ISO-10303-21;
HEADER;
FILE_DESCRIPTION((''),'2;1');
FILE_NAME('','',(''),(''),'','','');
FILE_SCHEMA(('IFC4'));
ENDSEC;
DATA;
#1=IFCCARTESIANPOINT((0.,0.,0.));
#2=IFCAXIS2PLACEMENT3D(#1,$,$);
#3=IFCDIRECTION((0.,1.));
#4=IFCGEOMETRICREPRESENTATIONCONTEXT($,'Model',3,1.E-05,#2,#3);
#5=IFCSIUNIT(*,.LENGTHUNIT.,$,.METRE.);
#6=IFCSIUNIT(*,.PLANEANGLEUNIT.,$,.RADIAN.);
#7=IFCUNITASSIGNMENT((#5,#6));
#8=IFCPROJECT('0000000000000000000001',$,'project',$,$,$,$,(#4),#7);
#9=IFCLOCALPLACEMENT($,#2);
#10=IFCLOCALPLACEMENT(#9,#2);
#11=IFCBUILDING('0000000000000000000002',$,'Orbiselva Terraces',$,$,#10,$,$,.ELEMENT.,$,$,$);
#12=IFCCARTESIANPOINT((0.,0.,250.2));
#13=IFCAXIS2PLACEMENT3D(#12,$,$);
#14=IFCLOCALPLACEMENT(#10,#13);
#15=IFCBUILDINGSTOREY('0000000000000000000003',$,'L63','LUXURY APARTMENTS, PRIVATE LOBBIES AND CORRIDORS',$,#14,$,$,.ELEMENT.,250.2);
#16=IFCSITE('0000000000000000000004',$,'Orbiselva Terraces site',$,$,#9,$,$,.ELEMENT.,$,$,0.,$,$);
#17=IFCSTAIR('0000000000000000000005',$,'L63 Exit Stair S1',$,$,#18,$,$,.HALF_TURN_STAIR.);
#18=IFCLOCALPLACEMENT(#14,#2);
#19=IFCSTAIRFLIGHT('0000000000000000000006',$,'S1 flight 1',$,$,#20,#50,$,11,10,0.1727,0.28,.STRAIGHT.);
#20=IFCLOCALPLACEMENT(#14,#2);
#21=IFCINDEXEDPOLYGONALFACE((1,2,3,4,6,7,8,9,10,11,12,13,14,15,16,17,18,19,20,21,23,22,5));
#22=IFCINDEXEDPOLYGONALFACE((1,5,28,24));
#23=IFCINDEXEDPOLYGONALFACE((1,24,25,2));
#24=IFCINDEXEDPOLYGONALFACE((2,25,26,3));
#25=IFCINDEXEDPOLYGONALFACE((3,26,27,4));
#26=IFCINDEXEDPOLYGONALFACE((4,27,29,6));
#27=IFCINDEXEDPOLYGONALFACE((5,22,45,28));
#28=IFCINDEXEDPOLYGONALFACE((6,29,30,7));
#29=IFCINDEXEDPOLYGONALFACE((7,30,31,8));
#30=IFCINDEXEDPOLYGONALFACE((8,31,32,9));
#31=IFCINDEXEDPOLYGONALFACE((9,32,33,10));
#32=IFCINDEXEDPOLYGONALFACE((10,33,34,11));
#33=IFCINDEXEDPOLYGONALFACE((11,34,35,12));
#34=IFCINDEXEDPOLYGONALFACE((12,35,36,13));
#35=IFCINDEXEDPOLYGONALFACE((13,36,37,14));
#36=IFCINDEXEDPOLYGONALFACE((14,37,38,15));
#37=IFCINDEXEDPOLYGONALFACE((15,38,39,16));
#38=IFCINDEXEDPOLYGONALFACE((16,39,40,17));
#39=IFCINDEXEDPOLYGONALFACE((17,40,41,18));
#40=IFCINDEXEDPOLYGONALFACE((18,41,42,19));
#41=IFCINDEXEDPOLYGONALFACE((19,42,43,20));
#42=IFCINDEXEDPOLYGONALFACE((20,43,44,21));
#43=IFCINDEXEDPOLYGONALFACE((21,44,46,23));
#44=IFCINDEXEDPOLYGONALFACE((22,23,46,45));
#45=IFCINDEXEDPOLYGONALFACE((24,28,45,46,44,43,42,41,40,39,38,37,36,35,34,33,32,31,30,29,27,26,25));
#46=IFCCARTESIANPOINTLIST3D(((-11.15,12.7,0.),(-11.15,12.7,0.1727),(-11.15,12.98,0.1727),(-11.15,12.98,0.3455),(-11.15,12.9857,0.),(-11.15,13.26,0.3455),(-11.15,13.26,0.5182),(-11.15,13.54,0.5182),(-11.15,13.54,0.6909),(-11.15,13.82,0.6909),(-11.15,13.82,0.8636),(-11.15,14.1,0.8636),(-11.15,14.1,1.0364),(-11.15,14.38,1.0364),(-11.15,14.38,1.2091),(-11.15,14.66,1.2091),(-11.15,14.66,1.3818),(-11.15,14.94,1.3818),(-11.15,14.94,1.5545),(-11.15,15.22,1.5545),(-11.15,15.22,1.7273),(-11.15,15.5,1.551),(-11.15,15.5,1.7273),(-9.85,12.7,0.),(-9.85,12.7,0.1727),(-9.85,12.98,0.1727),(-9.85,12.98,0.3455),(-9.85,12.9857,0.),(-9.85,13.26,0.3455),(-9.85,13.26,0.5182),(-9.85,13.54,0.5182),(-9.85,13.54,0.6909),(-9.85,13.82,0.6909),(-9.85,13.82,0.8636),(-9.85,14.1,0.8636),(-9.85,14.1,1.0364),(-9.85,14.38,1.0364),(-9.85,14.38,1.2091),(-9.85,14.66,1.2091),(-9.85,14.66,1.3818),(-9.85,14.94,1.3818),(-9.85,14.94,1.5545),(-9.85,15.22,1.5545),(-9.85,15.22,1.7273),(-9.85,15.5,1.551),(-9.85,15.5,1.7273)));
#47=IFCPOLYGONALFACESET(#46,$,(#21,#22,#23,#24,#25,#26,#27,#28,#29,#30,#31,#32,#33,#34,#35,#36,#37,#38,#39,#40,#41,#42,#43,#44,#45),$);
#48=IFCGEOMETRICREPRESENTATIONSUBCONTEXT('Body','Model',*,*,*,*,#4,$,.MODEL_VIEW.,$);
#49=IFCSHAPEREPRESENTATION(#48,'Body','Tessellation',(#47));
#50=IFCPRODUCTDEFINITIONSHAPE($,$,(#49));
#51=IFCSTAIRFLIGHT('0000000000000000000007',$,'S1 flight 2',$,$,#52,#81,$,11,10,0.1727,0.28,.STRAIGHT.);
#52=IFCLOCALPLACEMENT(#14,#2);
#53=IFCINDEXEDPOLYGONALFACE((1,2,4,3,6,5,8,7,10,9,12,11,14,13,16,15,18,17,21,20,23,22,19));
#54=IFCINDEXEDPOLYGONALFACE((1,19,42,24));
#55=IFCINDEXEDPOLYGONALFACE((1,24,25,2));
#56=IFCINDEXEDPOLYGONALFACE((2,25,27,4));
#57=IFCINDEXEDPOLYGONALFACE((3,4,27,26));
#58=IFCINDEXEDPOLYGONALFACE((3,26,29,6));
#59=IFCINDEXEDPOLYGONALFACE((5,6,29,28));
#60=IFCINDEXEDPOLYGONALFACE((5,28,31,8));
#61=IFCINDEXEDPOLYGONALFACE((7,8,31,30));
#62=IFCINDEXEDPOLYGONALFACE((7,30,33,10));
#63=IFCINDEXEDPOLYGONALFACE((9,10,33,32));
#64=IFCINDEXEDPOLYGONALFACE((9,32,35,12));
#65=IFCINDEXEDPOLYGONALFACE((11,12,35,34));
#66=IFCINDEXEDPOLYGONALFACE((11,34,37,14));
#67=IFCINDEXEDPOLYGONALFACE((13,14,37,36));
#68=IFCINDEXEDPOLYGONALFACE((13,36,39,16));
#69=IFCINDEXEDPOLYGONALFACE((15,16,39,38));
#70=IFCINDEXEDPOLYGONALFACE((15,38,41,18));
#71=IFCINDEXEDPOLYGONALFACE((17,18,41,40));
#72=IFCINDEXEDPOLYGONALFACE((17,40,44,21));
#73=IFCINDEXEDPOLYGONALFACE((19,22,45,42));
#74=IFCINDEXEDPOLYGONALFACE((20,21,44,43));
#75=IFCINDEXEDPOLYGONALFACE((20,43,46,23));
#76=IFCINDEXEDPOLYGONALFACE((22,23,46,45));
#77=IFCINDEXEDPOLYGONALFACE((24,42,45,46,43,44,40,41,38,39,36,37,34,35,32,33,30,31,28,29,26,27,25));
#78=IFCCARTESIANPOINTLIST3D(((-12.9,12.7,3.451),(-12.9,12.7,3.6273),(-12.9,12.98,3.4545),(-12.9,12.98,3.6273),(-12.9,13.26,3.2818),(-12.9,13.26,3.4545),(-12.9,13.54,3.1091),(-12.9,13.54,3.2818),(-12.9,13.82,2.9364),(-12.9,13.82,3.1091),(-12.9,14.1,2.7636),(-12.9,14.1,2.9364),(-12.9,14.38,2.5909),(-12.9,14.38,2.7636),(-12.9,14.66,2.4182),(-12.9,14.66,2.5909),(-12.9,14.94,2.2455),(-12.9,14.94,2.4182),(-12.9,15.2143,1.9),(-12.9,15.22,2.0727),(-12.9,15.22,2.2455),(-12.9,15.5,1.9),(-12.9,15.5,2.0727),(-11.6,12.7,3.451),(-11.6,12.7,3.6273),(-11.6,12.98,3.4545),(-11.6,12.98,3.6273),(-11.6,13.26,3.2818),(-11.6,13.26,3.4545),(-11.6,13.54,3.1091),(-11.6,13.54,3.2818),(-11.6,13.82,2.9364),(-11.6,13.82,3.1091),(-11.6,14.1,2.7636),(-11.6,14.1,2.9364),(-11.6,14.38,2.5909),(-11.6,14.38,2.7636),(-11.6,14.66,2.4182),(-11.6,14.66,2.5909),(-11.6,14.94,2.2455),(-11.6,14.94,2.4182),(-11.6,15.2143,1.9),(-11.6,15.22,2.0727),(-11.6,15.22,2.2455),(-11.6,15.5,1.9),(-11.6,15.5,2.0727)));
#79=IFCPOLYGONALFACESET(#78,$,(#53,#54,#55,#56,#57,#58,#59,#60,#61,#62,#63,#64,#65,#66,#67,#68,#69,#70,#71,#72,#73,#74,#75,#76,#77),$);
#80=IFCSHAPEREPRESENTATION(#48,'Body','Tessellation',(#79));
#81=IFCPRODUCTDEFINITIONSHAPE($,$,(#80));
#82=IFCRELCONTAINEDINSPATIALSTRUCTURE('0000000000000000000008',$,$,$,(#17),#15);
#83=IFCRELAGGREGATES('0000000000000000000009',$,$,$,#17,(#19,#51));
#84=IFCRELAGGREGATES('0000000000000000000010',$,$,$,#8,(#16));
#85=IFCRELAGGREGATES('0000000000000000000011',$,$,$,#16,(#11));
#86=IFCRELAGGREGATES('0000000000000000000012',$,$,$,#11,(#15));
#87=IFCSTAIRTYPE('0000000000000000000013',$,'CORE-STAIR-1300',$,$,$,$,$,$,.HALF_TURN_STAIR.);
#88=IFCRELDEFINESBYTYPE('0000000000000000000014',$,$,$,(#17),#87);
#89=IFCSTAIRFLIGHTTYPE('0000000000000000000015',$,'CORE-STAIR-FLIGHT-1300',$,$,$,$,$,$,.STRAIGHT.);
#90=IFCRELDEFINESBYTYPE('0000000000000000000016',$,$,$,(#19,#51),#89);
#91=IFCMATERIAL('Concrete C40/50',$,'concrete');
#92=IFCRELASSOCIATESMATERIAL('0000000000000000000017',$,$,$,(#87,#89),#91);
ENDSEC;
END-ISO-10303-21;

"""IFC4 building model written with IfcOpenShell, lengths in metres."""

from ifc_helpers import new_model, si_unit, direction, frame, origin, place, context, subcontext, project, spatial, polyline, outline, extrude, material, type_object, element, aggregate, save


model = new_model("IFC4")

# Units and contexts
model_context = context("Model", 3, precision=1e-05, world=origin(), true_north=direction((0.0, 1.0)))
body_context = subcontext(model_context, "Body", "Model", "MODEL_VIEW")
ifc_project = project(units=[si_unit("LENGTHUNIT", "METRE"), si_unit("PLANEANGLEUNIT", "RADIAN")], contexts=[model_context])

# Site, building, storey
site_placement = place(None, origin())
site = spatial("IfcSite", under=ifc_project, at=site_placement, Name="Orbiselva Terraces site", CompositionType="ELEMENT", RefElevation=0.0)
building_placement = place(site_placement, origin())
building = spatial("IfcBuilding", under=site, at=building_placement, Name="Orbiselva Terraces", CompositionType="ELEMENT")
storey_placement = place(building_placement, frame((0.0, 0.0, 250.2)))
storey = spatial("IfcBuildingStorey", under=building, at=storey_placement, Name="L63", Description="LUXURY APARTMENTS, PRIVATE LOBBIES AND CORRIDORS", CompositionType="ELEMENT", Elevation=250.2)

# Shared definitions
ifc_material_1 = material(Name="Concrete C40/50", Category="concrete")

# Stair, stair flights
stair_type = type_object("IfcStairType", Name="CORE-STAIR-1300", PredefinedType="HALF_TURN_STAIR", material=ifc_material_1)
stair_placement = place(storey_placement, origin())
stair = element("IfcStair", 1, at=stair_placement, inside=storey, type_object=stair_type, Name="L63 Exit Stair S1", PredefinedType="HALF_TURN_STAIR")
stair_flight_type = type_object("IfcStairFlightType", Name="CORE-STAIR-FLIGHT-1300", PredefinedType="STRAIGHT", material=ifc_material_1)
stair_flight_1_placement = place(storey_placement, frame((-10.5, 12.7, 0.0), z_axis=(0.0, 0.0, 1.0), x_axis=(0.0, 1.0, 0.0)))
stair_flight_1 = element("IfcStairFlight", 2, at=stair_flight_1_placement, type_object=stair_flight_type, Name="S1 flight 1", NumberOfRisers=11, NumberOfTreads=10, PredefinedType="STRAIGHT", RiserHeight=0.1727, TreadLength=0.28, context=body_context, shape_type="SweptSolid", body=[
    extrude(outline(polyline([(0.0, 0.0), (0.0, 0.1727), (0.28, 0.1727), (0.28, 0.3455), (0.56, 0.3455), (0.56, 0.5182), (0.84, 0.5182), (0.84, 0.6909), (1.12, 0.6909), (1.12, 0.8636), (1.4, 0.8636), (1.4, 1.0364), (1.68, 1.0364), (1.68, 1.2091), (1.96, 1.2091), (1.96, 1.3818), (2.24, 1.3818), (2.24, 1.5545), (2.52, 1.5545), (2.52, 1.7273), (2.8, 1.7273), (2.8, 1.9), (2.8, 1.551), (0.2857, 0.0), (0.0, 0.0)])), frame((0.0, 0.65, 0.0), z_axis=(0.0, -1.0, 0.0), x_axis=(1.0, 0.0, 0.0)), (0.0, 0.0, 1.0), 1.3),
])
stair_flight_2_placement = place(storey_placement, frame((-12.25, 15.5, 1.9), z_axis=(0.0, 0.0, 1.0), x_axis=(0.0, -1.0, 0.0)))
stair_flight_2 = element("IfcStairFlight", 3, at=stair_flight_2_placement, type_object=stair_flight_type, Name="S1 flight 2", NumberOfRisers=11, NumberOfTreads=10, PredefinedType="STRAIGHT", RiserHeight=0.1727, TreadLength=0.28, context=body_context, shape_type="SweptSolid", body=[
    extrude(outline(polyline([(0.0, 0.0), (0.0, 0.1727), (0.28, 0.1727), (0.28, 0.3455), (0.56, 0.3455), (0.56, 0.5182), (0.84, 0.5182), (0.84, 0.6909), (1.12, 0.6909), (1.12, 0.8636), (1.4, 0.8636), (1.4, 1.0364), (1.68, 1.0364), (1.68, 1.2091), (1.96, 1.2091), (1.96, 1.3818), (2.24, 1.3818), (2.24, 1.5545), (2.52, 1.5545), (2.52, 1.7273), (2.8, 1.7273), (2.8, 1.9), (2.8, 1.551), (0.2857, 0.0), (0.0, 0.0)])), frame((0.0, 0.65, 0.0), z_axis=(0.0, -1.0, 0.0), x_axis=(1.0, 0.0, 0.0)), (0.0, 0.0, 1.0), 1.3),
])
aggregate(stair, [stair_flight_1, stair_flight_2])

save(model, "model.ifc")
